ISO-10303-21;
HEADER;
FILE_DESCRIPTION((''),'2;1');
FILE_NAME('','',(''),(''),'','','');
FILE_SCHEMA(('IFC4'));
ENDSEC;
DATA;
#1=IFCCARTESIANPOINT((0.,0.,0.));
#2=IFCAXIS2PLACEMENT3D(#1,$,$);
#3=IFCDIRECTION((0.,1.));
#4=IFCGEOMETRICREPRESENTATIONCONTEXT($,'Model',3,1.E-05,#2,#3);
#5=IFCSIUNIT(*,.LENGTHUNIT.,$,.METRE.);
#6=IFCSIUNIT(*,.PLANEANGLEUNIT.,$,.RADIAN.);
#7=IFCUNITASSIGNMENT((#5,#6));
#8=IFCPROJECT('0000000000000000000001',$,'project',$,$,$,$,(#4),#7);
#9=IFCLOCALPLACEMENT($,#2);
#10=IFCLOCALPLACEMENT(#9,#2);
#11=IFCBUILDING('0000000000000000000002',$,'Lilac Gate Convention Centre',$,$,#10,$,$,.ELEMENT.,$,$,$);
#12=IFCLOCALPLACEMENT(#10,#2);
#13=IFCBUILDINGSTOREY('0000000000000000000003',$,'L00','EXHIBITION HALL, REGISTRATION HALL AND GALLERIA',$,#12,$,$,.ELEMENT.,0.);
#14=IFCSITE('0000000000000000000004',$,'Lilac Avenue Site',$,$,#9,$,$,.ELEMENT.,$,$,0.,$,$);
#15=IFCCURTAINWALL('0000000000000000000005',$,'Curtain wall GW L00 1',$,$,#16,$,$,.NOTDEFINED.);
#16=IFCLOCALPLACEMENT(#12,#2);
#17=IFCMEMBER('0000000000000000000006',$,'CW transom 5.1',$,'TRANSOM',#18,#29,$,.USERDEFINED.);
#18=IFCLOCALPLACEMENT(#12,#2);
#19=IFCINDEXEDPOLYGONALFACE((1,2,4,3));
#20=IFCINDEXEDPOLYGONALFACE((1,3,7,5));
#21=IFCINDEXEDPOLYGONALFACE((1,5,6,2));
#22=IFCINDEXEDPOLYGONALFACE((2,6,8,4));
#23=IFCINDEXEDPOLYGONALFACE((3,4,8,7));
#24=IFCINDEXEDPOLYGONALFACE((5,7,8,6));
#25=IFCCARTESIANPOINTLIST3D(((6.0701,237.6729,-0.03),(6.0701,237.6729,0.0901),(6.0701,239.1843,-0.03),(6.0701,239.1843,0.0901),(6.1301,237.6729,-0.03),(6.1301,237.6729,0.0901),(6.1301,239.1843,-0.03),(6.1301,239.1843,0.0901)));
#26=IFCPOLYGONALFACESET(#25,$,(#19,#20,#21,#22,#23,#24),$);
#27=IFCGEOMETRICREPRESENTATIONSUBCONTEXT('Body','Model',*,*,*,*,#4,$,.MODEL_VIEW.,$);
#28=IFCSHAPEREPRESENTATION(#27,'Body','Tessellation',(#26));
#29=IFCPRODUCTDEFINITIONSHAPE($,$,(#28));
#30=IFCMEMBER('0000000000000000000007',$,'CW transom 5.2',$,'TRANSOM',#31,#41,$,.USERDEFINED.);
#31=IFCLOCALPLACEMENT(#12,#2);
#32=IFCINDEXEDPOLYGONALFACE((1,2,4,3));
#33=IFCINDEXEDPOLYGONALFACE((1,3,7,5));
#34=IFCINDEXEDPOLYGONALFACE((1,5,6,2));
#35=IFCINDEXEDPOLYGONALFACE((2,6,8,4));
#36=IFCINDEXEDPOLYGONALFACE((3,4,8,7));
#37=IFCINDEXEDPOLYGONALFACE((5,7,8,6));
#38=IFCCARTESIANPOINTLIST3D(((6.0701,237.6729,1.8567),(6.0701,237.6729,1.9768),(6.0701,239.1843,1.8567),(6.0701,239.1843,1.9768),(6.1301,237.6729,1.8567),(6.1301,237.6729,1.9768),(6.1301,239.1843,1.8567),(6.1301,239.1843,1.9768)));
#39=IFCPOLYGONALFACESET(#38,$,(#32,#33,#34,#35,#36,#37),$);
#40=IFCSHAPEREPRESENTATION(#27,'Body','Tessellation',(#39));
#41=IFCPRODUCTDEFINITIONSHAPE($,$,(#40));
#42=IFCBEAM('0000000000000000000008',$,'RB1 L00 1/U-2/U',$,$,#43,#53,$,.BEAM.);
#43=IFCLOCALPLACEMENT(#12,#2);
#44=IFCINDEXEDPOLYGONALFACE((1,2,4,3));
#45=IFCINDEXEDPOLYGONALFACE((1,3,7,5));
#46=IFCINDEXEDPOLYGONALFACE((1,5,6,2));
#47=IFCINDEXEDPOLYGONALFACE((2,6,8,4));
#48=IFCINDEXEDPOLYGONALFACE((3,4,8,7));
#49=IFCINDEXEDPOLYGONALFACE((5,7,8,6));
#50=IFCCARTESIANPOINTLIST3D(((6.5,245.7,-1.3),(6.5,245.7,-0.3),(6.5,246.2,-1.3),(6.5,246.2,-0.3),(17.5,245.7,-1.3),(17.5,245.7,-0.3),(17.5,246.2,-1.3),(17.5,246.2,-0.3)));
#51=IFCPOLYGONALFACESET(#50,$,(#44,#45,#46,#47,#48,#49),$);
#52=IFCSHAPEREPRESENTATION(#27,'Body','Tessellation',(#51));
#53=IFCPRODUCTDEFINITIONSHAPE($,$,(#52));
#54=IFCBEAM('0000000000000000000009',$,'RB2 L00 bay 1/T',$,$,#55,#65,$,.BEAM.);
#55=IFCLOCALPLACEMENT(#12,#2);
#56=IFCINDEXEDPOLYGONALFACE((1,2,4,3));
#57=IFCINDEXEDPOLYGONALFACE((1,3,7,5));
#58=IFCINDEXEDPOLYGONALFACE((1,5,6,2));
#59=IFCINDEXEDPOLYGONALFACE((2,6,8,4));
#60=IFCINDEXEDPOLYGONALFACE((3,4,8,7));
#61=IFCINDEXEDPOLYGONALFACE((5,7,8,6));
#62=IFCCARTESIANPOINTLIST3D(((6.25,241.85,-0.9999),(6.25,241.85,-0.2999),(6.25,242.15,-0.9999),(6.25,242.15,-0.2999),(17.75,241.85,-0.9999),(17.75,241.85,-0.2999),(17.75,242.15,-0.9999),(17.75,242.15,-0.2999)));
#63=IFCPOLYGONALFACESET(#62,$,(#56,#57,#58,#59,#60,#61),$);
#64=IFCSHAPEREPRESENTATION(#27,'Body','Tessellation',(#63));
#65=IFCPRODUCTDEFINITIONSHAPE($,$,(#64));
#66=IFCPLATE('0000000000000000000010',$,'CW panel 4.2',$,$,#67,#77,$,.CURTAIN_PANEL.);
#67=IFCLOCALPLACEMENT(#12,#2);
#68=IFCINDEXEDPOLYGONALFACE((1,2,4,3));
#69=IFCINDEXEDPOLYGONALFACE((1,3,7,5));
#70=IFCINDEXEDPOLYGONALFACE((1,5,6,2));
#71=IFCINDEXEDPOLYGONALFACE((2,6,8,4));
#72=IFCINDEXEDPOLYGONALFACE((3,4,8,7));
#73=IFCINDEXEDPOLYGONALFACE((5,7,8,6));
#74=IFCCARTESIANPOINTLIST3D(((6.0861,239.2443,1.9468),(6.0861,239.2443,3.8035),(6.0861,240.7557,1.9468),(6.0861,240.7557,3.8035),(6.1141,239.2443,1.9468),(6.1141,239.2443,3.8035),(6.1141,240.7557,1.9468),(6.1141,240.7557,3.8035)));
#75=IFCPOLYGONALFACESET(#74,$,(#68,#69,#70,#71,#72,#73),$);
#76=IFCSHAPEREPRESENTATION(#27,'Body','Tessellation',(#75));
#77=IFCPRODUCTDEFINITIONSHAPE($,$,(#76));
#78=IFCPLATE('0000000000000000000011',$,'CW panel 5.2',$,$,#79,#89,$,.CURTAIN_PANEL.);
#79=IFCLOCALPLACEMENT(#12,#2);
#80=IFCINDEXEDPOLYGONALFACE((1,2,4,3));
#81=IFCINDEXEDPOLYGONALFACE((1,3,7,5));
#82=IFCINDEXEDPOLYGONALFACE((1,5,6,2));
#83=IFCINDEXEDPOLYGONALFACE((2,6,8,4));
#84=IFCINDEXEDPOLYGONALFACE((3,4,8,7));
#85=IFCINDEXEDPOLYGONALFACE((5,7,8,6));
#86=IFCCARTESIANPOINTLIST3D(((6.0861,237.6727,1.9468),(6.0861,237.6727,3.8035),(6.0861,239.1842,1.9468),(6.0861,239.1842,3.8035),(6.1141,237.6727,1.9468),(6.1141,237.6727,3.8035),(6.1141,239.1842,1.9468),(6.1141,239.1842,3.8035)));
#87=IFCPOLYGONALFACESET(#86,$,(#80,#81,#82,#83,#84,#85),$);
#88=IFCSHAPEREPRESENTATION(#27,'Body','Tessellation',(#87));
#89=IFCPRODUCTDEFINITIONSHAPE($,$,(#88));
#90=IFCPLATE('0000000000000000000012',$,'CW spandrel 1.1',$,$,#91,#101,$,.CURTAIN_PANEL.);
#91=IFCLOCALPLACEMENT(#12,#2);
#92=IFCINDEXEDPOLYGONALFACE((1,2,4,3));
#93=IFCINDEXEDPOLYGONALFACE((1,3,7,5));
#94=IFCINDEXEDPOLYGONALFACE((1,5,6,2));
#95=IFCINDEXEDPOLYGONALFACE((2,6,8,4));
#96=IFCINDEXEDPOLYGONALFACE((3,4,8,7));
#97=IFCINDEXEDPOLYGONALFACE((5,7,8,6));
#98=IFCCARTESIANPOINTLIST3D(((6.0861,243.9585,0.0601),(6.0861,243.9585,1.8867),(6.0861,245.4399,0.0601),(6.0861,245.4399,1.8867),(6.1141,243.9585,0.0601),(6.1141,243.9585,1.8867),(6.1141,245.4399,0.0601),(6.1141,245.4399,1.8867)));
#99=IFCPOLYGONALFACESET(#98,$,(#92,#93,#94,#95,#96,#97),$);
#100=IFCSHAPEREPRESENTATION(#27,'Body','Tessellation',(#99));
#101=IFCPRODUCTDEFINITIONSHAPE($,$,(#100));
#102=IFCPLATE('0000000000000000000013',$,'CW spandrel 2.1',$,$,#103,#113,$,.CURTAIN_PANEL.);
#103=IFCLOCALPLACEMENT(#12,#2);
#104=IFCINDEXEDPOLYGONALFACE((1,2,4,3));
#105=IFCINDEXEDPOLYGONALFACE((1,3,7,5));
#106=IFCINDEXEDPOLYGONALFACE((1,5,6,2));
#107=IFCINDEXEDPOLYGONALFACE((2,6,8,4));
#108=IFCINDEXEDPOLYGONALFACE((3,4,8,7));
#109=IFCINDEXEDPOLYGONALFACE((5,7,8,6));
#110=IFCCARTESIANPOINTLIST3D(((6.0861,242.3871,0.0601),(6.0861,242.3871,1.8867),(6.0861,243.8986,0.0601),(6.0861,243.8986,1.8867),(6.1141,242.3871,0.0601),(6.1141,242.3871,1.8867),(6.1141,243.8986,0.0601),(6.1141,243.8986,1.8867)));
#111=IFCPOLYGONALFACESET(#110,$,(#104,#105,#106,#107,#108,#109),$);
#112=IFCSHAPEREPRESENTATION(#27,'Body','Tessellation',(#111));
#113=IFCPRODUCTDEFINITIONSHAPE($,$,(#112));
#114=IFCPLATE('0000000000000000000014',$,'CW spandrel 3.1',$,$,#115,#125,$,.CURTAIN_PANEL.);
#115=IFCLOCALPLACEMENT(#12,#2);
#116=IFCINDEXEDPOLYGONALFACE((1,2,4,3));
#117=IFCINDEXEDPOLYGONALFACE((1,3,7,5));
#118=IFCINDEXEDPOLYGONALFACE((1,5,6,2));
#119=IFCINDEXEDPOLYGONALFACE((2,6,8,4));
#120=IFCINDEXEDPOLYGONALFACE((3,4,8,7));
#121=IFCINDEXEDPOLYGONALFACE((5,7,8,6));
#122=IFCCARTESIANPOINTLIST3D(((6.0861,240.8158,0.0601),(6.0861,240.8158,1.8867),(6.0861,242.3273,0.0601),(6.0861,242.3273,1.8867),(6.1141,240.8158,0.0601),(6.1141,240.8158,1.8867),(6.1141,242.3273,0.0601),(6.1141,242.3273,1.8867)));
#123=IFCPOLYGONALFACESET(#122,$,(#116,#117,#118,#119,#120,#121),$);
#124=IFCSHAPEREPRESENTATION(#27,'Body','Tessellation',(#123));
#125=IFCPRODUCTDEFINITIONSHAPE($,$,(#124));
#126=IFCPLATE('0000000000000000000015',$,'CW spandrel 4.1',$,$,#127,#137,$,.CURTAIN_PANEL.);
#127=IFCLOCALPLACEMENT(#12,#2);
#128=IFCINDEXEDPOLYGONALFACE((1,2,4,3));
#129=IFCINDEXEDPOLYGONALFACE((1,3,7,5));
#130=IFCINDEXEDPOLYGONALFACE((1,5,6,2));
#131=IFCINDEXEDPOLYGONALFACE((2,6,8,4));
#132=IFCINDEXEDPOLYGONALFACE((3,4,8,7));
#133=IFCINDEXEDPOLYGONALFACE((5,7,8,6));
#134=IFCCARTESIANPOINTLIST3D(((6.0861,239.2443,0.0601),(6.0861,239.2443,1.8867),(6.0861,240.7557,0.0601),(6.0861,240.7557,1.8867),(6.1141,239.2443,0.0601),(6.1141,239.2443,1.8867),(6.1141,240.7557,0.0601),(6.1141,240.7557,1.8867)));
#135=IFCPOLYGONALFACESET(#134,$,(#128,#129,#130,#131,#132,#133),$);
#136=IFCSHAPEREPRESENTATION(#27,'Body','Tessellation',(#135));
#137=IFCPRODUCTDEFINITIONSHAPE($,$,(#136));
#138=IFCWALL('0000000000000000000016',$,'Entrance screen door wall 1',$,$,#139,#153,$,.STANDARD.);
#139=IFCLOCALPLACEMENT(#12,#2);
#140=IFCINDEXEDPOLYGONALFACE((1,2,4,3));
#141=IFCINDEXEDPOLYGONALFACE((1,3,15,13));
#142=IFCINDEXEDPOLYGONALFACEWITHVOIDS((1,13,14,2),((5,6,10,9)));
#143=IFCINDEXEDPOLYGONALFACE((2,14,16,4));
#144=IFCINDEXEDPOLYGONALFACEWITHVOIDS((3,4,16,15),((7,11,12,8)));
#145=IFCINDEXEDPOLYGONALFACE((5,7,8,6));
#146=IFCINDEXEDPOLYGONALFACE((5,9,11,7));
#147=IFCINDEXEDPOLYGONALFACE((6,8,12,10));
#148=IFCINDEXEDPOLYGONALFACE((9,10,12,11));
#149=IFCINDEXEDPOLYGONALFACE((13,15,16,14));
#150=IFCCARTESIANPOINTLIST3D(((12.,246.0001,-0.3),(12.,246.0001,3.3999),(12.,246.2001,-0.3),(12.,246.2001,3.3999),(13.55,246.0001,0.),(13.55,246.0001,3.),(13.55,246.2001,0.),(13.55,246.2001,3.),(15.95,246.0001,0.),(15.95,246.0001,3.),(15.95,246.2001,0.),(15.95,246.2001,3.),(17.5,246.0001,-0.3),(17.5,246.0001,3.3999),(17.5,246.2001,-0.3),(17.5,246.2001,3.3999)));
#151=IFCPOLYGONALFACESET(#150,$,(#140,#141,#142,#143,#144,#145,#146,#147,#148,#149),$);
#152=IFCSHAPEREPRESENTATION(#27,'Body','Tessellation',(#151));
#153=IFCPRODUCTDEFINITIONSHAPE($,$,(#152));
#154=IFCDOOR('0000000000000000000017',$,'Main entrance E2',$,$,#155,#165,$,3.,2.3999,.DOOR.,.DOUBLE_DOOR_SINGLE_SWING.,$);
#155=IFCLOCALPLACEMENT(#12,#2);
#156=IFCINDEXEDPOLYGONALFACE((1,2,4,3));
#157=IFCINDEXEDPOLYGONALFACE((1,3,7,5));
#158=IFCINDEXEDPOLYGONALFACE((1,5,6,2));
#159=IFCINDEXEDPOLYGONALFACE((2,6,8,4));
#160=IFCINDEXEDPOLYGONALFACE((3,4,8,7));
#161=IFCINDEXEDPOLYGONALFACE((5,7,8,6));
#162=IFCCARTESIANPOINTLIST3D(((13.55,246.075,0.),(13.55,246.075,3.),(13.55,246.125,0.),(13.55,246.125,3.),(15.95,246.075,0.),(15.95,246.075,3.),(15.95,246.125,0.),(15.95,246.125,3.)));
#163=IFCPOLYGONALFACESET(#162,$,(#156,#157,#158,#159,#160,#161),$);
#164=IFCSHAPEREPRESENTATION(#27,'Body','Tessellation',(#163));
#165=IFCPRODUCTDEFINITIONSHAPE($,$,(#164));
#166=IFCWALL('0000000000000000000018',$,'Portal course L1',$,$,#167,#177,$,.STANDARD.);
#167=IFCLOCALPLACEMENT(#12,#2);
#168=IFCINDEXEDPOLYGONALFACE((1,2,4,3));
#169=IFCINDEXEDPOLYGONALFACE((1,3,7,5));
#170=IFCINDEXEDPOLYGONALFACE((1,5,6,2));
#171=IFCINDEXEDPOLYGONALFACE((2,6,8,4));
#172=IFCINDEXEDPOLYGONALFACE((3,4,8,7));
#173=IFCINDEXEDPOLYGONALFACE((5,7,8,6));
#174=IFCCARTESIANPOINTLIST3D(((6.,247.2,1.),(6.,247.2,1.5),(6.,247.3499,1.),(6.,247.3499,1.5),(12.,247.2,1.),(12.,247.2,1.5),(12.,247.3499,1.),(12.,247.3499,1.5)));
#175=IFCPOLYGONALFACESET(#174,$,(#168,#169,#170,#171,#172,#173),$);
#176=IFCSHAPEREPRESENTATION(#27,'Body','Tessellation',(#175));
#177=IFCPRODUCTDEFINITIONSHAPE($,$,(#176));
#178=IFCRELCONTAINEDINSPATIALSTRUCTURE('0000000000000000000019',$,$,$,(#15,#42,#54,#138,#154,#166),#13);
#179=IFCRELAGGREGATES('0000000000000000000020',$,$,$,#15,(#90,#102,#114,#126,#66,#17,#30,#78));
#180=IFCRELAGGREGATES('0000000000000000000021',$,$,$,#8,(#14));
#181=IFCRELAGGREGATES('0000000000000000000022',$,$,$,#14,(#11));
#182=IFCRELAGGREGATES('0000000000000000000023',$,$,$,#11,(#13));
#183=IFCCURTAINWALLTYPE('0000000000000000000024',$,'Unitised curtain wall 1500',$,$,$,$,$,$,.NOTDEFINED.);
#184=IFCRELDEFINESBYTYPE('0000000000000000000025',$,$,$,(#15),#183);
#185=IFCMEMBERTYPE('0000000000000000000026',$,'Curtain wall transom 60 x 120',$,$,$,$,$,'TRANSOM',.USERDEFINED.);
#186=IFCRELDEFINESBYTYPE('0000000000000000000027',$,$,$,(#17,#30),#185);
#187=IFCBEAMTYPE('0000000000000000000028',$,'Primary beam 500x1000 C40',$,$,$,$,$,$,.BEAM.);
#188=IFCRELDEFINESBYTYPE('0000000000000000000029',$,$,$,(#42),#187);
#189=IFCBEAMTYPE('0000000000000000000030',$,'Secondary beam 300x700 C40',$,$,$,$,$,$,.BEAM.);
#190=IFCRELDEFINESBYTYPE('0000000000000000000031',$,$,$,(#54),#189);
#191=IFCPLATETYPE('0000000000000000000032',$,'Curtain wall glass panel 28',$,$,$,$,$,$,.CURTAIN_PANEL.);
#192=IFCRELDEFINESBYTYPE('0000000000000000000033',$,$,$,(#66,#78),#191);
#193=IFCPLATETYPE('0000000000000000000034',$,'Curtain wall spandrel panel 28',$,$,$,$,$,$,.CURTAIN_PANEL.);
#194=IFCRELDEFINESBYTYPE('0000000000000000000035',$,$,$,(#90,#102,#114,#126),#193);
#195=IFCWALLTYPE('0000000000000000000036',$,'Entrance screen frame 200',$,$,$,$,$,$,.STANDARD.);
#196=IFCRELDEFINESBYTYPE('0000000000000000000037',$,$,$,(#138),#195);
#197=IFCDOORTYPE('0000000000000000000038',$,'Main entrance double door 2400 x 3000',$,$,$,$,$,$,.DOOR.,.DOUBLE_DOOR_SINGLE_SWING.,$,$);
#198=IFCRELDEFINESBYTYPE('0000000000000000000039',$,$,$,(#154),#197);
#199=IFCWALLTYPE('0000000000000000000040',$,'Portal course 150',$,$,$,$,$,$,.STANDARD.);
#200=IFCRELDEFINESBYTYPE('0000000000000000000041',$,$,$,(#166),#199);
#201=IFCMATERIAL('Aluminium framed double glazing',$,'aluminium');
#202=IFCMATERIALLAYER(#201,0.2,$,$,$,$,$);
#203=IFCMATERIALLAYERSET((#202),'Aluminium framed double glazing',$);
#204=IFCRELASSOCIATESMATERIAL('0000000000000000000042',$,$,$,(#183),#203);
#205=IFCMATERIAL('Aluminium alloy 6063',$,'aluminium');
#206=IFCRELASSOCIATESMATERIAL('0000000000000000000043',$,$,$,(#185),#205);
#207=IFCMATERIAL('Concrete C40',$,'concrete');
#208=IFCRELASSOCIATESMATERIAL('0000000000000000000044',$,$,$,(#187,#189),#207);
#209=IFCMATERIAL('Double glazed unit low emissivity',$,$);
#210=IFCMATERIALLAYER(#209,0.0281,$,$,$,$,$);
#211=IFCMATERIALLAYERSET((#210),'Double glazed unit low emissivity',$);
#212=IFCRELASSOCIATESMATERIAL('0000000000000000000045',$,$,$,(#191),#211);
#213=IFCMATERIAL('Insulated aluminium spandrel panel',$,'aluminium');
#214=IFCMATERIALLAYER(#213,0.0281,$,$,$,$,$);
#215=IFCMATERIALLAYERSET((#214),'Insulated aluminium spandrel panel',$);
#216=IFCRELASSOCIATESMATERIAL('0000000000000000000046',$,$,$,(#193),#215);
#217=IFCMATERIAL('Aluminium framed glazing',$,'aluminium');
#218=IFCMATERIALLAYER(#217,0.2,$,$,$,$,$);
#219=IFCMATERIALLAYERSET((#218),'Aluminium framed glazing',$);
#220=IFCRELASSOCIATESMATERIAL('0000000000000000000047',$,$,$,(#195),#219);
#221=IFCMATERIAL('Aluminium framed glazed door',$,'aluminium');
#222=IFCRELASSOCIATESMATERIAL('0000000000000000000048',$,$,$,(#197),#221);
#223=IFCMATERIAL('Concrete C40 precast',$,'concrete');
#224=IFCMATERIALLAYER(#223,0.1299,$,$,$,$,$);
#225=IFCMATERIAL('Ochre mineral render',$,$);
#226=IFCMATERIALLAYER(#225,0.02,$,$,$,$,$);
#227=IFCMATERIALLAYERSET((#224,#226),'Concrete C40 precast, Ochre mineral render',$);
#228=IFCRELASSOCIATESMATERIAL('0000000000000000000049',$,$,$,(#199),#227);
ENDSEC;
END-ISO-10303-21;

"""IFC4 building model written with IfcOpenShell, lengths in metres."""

from ifc_helpers import new_model, si_unit, direction, frame, frame_2d, origin, origin_2d, place, context, subcontext, project, spatial, rectangle, extrude, material, layer, layer_set, material_profile, profile_set, type_object, element, fill, aggregate, save


model = new_model("IFC4")

# Units and contexts
model_context = context("Model", 3, precision=1e-05, world=origin(), true_north=direction((0.0, 1.0)))
body_context = subcontext(model_context, "Body", "Model", "MODEL_VIEW")
ifc_project = project(units=[si_unit("LENGTHUNIT", "METRE"), si_unit("PLANEANGLEUNIT", "RADIAN")], contexts=[model_context])

# Site, building, storey
site_placement = place(None, origin())
site = spatial("IfcSite", under=ifc_project, at=site_placement, Name="Lilac Avenue Site", CompositionType="ELEMENT", RefElevation=0.0)
building_placement = place(site_placement, origin())
building = spatial("IfcBuilding", under=site, at=building_placement, Name="Lilac Gate Convention Centre", CompositionType="ELEMENT")
storey_placement = place(building_placement, origin())
storey = spatial("IfcBuildingStorey", under=building, at=storey_placement, Name="L00", Description="EXHIBITION HALL, REGISTRATION HALL AND GALLERIA", CompositionType="ELEMENT", Elevation=0.0)

# Shared definitions
ifc_material_1 = material(Name="Concrete C40", Category="concrete")

# Curtain wall, members
ifc_material_2 = material(Name="Aluminium framed double glazing", Category="aluminium")
ifc_layer_1 = layer(ifc_material_2, 0.2)
ifc_layer_set_1 = layer_set([ifc_layer_1], Name="Aluminium framed double glazing")
curtain_wall_type = type_object("IfcCurtainWallType", Name="Unitised curtain wall 1500", PredefinedType="NOTDEFINED", material=ifc_layer_set_1)
curtain_wall_placement = place(storey_placement, origin())
curtain_wall = element("IfcCurtainWall", 1, at=curtain_wall_placement, inside=storey, type_object=curtain_wall_type, Name="Curtain wall GW L00 1", PredefinedType="NOTDEFINED")
ifc_material_3 = material(Name="Aluminium alloy 6063", Category="aluminium")
ifc_material_profile_1 = material_profile(ifc_material_3, rectangle(XDim=0.0601, YDim=0.1201, at=origin_2d()), Name="Curtain wall transom 60 x 120")
ifc_profile_set_1 = profile_set([ifc_material_profile_1], Name="Aluminium alloy 6063")
member_type_1 = type_object("IfcMemberType", Name="Curtain wall transom 60 x 120", ElementType="TRANSOM", PredefinedType="USERDEFINED", material=ifc_profile_set_1)
member_1_placement = place(storey_placement, frame((6.1001, 239.1843, 0.03), z_axis=(0.0, -1.0, 0.0), x_axis=(1.0, 0.0, 0.0)))
member_1 = element("IfcMember", 2, at=member_1_placement, type_object=member_type_1, Name="CW transom 5.1", ObjectType="TRANSOM", PredefinedType="USERDEFINED", context=body_context, shape_type="SweptSolid", body=[
    extrude(rectangle(XDim=0.0601, YDim=0.1201, at=origin_2d()), origin(), (0.0, 0.0, 1.0), 1.5115),
])
member_2_placement = place(storey_placement, frame((6.1001, 239.1843, 1.9167), z_axis=(0.0, -1.0, 0.0), x_axis=(1.0, 0.0, 0.0)))
member_2 = element("IfcMember", 3, at=member_2_placement, type_object=member_type_1, Name="CW transom 5.2", ObjectType="TRANSOM", PredefinedType="USERDEFINED", context=body_context, shape_type="SweptSolid", body=[
    extrude(rectangle(XDim=0.0601, YDim=0.1201, at=origin_2d()), origin(), (0.0, 0.0, 1.0), 1.5115),
])

# Beams
ifc_material_profile_2 = material_profile(ifc_material_1, rectangle(XDim=0.5, YDim=1.0, at=origin_2d()), Name="RC 500x1000")
ifc_profile_set_2 = profile_set([ifc_material_profile_2], Name="Concrete C40")
beam_type_1 = type_object("IfcBeamType", Name="Primary beam 500x1000 C40", PredefinedType="BEAM", material=ifc_profile_set_2)
beam_1_placement = place(storey_placement, frame((6.5, 245.95, -0.8), z_axis=(1.0, 0.0, 0.0), x_axis=(0.0, 1.0, 0.0)))
element("IfcBeam", 4, at=beam_1_placement, inside=storey, type_object=beam_type_1, Name="RB1 L00 1/U-2/U", PredefinedType="BEAM", context=body_context, shape_type="SweptSolid", body=[
    extrude(rectangle(XDim=0.5, YDim=1.0, at=origin_2d()), origin(), (0.0, 0.0, 1.0), 11.0),
])
ifc_material_profile_3 = material_profile(ifc_material_1, rectangle(XDim=0.3, YDim=0.7, at=origin_2d()), Name="RC 300x700")
ifc_profile_set_3 = profile_set([ifc_material_profile_3], Name="Concrete C40")
beam_type_2 = type_object("IfcBeamType", Name="Secondary beam 300x700 C40", PredefinedType="BEAM", material=ifc_profile_set_3)
beam_2_placement = place(storey_placement, frame((6.25, 242.0, -0.6499), z_axis=(1.0, 0.0, 0.0), x_axis=(0.0, 1.0, 0.0)))
element("IfcBeam", 5, at=beam_2_placement, inside=storey, type_object=beam_type_2, Name="RB2 L00 bay 1/T", PredefinedType="BEAM", context=body_context, shape_type="SweptSolid", body=[
    extrude(rectangle(XDim=0.3, YDim=0.7, at=origin_2d()), origin(), (0.0, 0.0, 1.0), 11.5),
])

# Plates
ifc_material_4 = material(Name="Double glazed unit low emissivity")
ifc_layer_2 = layer(ifc_material_4, 0.0281)
ifc_layer_set_2 = layer_set([ifc_layer_2], Name="Double glazed unit low emissivity")
plate_type_1 = type_object("IfcPlateType", Name="Curtain wall glass panel 28", PredefinedType="CURTAIN_PANEL", material=ifc_layer_set_2)
plate_1_placement = place(storey_placement, frame((6.1001, 240.0, 1.9468), z_axis=(0.0, 0.0, 1.0), x_axis=(0.0, -1.0, 0.0)))
plate_1 = element("IfcPlate", 6, at=plate_1_placement, type_object=plate_type_1, Name="CW panel 4.2", PredefinedType="CURTAIN_PANEL", context=body_context, shape_type="SweptSolid", body=[
    extrude(rectangle(XDim=1.5115, YDim=0.0281, at=origin_2d()), origin(), (0.0, 0.0, 1.0), 1.8567),
])
plate_2_placement = place(storey_placement, frame((6.1001, 238.4285, 1.9468), z_axis=(0.0, 0.0, 1.0), x_axis=(0.0, -1.0, 0.0)))
plate_2 = element("IfcPlate", 7, at=plate_2_placement, type_object=plate_type_1, Name="CW panel 5.2", PredefinedType="CURTAIN_PANEL", context=body_context, shape_type="SweptSolid", body=[
    extrude(rectangle(XDim=1.5115, YDim=0.0281, at=origin_2d()), origin(), (0.0, 0.0, 1.0), 1.8567),
])
ifc_material_5 = material(Name="Insulated aluminium spandrel panel", Category="aluminium")
ifc_layer_3 = layer(ifc_material_5, 0.0281)
ifc_layer_set_3 = layer_set([ifc_layer_3], Name="Insulated aluminium spandrel panel")
plate_type_2 = type_object("IfcPlateType", Name="Curtain wall spandrel panel 28", PredefinedType="CURTAIN_PANEL", material=ifc_layer_set_3)
plate_3_placement = place(storey_placement, frame((6.1001, 244.6992, 0.0601), z_axis=(0.0, 0.0, 1.0), x_axis=(0.0, -1.0, 0.0)))
plate_3 = element("IfcPlate", 8, at=plate_3_placement, type_object=plate_type_2, Name="CW spandrel 1.1", PredefinedType="CURTAIN_PANEL", context=body_context, shape_type="SweptSolid", body=[
    extrude(rectangle(XDim=1.4814, YDim=0.0281, at=origin_2d()), origin(), (0.0, 0.0, 1.0), 1.8267),
])
plate_4_placement = place(storey_placement, frame((6.1001, 243.1428, 0.0601), z_axis=(0.0, 0.0, 1.0), x_axis=(0.0, -1.0, 0.0)))
plate_4 = element("IfcPlate", 9, at=plate_4_placement, type_object=plate_type_2, Name="CW spandrel 2.1", PredefinedType="CURTAIN_PANEL", context=body_context, shape_type="SweptSolid", body=[
    extrude(rectangle(XDim=1.5115, YDim=0.0281, at=origin_2d()), origin(), (0.0, 0.0, 1.0), 1.8267),
])
plate_5_placement = place(storey_placement, frame((6.1001, 241.5715, 0.0601), z_axis=(0.0, 0.0, 1.0), x_axis=(0.0, -1.0, 0.0)))
plate_5 = element("IfcPlate", 10, at=plate_5_placement, type_object=plate_type_2, Name="CW spandrel 3.1", PredefinedType="CURTAIN_PANEL", context=body_context, shape_type="SweptSolid", body=[
    extrude(rectangle(XDim=1.5115, YDim=0.0281, at=origin_2d()), origin(), (0.0, 0.0, 1.0), 1.8267),
])
plate_6_placement = place(storey_placement, frame((6.1001, 240.0, 0.0601), z_axis=(0.0, 0.0, 1.0), x_axis=(0.0, -1.0, 0.0)))
plate_6 = element("IfcPlate", 11, at=plate_6_placement, type_object=plate_type_2, Name="CW spandrel 4.1", PredefinedType="CURTAIN_PANEL", context=body_context, shape_type="SweptSolid", body=[
    extrude(rectangle(XDim=1.5115, YDim=0.0281, at=origin_2d()), origin(), (0.0, 0.0, 1.0), 1.8267),
])
aggregate(curtain_wall, [plate_3, plate_4, plate_5, plate_6, plate_1, member_1, member_2, plate_2])

# Wall, opening, door
ifc_material_6 = material(Name="Aluminium framed glazing", Category="aluminium")
ifc_layer_4 = layer(ifc_material_6, 0.2)
ifc_layer_set_4 = layer_set([ifc_layer_4], Name="Aluminium framed glazing")
wall_type_1 = type_object("IfcWallType", Name="Entrance screen frame 200", PredefinedType="STANDARD", material=ifc_layer_set_4)
wall_1_placement = place(storey_placement, frame((12.0, 246.1001, -0.3), z_axis=(0.0, 0.0, 1.0), x_axis=(1.0, 0.0, 0.0)))
wall_1 = element("IfcWall", 12, at=wall_1_placement, inside=storey, type_object=wall_type_1, Name="Entrance screen door wall 1", PredefinedType="STANDARD", context=body_context, shape_type="SweptSolid", body=[
    extrude(rectangle(XDim=5.5, YDim=0.2, at=frame_2d((2.75, 0.0))), origin(), (0.0, 0.0, 1.0), 3.7),
])
opening_placement = place(wall_1_placement, frame((1.55, 0.0, 0.3)))
opening = element("IfcOpeningElement", 13, at=opening_placement, cuts=wall_1, PredefinedType="OPENING", context=body_context, shape_type="SweptSolid", body=[
    extrude(rectangle(XDim=2.3999, YDim=3.0, at=frame_2d((1.2, 1.5))), frame((0.0, 0.1099, 0.0), z_axis=(0.0, -1.0, 0.0), x_axis=(1.0, 0.0, 0.0)), (0.0, 0.0, 1.0), 0.22),
])
ifc_material_7 = material(Name="Aluminium framed glazed door", Category="aluminium")
door_type = type_object("IfcDoorType", Name="Main entrance double door 2400 x 3000", OperationType="DOUBLE_DOOR_SINGLE_SWING", PredefinedType="DOOR", material=ifc_material_7)
door_placement = place(opening_placement, origin())
door = element("IfcDoor", 14, at=door_placement, inside=storey, type_object=door_type, Name="Main entrance E2", OperationType="DOUBLE_DOOR_SINGLE_SWING", OverallHeight=3.0, OverallWidth=2.3999, PredefinedType="DOOR", context=body_context, shape_type="SweptSolid", body=[
    extrude(rectangle(XDim=2.3999, YDim=3.0, at=frame_2d((1.2, 1.5))), frame((0.0, 0.0249, 0.0), z_axis=(0.0, -1.0, 0.0), x_axis=(1.0, 0.0, 0.0)), (0.0, 0.0, 1.0), 0.05),
])
fill(opening, door)

# Wall
ifc_material_8 = material(Name="Concrete C40 precast", Category="concrete")
ifc_layer_5 = layer(ifc_material_8, 0.1299)
ifc_material_9 = material(Name="Ochre mineral render")
ifc_layer_6 = layer(ifc_material_9, 0.02)
ifc_layer_set_5 = layer_set([ifc_layer_5, ifc_layer_6], Name="Concrete C40 precast, Ochre mineral render")
wall_type_2 = type_object("IfcWallType", Name="Portal course 150", PredefinedType="STANDARD", material=ifc_layer_set_5)
wall_2_placement = place(storey_placement, frame((6.0, 247.2749, 1.0), z_axis=(0.0, 0.0, 1.0), x_axis=(1.0, 0.0, 0.0)))
element("IfcWall", 15, at=wall_2_placement, inside=storey, type_object=wall_type_2, Name="Portal course L1", PredefinedType="STANDARD", context=body_context, shape_type="SweptSolid", body=[
    extrude(rectangle(XDim=6.0, YDim=0.1499, at=frame_2d((3.0, 0.0))), origin(), (0.0, 0.0, 1.0), 0.5),
])

save(model, "model.ifc")
